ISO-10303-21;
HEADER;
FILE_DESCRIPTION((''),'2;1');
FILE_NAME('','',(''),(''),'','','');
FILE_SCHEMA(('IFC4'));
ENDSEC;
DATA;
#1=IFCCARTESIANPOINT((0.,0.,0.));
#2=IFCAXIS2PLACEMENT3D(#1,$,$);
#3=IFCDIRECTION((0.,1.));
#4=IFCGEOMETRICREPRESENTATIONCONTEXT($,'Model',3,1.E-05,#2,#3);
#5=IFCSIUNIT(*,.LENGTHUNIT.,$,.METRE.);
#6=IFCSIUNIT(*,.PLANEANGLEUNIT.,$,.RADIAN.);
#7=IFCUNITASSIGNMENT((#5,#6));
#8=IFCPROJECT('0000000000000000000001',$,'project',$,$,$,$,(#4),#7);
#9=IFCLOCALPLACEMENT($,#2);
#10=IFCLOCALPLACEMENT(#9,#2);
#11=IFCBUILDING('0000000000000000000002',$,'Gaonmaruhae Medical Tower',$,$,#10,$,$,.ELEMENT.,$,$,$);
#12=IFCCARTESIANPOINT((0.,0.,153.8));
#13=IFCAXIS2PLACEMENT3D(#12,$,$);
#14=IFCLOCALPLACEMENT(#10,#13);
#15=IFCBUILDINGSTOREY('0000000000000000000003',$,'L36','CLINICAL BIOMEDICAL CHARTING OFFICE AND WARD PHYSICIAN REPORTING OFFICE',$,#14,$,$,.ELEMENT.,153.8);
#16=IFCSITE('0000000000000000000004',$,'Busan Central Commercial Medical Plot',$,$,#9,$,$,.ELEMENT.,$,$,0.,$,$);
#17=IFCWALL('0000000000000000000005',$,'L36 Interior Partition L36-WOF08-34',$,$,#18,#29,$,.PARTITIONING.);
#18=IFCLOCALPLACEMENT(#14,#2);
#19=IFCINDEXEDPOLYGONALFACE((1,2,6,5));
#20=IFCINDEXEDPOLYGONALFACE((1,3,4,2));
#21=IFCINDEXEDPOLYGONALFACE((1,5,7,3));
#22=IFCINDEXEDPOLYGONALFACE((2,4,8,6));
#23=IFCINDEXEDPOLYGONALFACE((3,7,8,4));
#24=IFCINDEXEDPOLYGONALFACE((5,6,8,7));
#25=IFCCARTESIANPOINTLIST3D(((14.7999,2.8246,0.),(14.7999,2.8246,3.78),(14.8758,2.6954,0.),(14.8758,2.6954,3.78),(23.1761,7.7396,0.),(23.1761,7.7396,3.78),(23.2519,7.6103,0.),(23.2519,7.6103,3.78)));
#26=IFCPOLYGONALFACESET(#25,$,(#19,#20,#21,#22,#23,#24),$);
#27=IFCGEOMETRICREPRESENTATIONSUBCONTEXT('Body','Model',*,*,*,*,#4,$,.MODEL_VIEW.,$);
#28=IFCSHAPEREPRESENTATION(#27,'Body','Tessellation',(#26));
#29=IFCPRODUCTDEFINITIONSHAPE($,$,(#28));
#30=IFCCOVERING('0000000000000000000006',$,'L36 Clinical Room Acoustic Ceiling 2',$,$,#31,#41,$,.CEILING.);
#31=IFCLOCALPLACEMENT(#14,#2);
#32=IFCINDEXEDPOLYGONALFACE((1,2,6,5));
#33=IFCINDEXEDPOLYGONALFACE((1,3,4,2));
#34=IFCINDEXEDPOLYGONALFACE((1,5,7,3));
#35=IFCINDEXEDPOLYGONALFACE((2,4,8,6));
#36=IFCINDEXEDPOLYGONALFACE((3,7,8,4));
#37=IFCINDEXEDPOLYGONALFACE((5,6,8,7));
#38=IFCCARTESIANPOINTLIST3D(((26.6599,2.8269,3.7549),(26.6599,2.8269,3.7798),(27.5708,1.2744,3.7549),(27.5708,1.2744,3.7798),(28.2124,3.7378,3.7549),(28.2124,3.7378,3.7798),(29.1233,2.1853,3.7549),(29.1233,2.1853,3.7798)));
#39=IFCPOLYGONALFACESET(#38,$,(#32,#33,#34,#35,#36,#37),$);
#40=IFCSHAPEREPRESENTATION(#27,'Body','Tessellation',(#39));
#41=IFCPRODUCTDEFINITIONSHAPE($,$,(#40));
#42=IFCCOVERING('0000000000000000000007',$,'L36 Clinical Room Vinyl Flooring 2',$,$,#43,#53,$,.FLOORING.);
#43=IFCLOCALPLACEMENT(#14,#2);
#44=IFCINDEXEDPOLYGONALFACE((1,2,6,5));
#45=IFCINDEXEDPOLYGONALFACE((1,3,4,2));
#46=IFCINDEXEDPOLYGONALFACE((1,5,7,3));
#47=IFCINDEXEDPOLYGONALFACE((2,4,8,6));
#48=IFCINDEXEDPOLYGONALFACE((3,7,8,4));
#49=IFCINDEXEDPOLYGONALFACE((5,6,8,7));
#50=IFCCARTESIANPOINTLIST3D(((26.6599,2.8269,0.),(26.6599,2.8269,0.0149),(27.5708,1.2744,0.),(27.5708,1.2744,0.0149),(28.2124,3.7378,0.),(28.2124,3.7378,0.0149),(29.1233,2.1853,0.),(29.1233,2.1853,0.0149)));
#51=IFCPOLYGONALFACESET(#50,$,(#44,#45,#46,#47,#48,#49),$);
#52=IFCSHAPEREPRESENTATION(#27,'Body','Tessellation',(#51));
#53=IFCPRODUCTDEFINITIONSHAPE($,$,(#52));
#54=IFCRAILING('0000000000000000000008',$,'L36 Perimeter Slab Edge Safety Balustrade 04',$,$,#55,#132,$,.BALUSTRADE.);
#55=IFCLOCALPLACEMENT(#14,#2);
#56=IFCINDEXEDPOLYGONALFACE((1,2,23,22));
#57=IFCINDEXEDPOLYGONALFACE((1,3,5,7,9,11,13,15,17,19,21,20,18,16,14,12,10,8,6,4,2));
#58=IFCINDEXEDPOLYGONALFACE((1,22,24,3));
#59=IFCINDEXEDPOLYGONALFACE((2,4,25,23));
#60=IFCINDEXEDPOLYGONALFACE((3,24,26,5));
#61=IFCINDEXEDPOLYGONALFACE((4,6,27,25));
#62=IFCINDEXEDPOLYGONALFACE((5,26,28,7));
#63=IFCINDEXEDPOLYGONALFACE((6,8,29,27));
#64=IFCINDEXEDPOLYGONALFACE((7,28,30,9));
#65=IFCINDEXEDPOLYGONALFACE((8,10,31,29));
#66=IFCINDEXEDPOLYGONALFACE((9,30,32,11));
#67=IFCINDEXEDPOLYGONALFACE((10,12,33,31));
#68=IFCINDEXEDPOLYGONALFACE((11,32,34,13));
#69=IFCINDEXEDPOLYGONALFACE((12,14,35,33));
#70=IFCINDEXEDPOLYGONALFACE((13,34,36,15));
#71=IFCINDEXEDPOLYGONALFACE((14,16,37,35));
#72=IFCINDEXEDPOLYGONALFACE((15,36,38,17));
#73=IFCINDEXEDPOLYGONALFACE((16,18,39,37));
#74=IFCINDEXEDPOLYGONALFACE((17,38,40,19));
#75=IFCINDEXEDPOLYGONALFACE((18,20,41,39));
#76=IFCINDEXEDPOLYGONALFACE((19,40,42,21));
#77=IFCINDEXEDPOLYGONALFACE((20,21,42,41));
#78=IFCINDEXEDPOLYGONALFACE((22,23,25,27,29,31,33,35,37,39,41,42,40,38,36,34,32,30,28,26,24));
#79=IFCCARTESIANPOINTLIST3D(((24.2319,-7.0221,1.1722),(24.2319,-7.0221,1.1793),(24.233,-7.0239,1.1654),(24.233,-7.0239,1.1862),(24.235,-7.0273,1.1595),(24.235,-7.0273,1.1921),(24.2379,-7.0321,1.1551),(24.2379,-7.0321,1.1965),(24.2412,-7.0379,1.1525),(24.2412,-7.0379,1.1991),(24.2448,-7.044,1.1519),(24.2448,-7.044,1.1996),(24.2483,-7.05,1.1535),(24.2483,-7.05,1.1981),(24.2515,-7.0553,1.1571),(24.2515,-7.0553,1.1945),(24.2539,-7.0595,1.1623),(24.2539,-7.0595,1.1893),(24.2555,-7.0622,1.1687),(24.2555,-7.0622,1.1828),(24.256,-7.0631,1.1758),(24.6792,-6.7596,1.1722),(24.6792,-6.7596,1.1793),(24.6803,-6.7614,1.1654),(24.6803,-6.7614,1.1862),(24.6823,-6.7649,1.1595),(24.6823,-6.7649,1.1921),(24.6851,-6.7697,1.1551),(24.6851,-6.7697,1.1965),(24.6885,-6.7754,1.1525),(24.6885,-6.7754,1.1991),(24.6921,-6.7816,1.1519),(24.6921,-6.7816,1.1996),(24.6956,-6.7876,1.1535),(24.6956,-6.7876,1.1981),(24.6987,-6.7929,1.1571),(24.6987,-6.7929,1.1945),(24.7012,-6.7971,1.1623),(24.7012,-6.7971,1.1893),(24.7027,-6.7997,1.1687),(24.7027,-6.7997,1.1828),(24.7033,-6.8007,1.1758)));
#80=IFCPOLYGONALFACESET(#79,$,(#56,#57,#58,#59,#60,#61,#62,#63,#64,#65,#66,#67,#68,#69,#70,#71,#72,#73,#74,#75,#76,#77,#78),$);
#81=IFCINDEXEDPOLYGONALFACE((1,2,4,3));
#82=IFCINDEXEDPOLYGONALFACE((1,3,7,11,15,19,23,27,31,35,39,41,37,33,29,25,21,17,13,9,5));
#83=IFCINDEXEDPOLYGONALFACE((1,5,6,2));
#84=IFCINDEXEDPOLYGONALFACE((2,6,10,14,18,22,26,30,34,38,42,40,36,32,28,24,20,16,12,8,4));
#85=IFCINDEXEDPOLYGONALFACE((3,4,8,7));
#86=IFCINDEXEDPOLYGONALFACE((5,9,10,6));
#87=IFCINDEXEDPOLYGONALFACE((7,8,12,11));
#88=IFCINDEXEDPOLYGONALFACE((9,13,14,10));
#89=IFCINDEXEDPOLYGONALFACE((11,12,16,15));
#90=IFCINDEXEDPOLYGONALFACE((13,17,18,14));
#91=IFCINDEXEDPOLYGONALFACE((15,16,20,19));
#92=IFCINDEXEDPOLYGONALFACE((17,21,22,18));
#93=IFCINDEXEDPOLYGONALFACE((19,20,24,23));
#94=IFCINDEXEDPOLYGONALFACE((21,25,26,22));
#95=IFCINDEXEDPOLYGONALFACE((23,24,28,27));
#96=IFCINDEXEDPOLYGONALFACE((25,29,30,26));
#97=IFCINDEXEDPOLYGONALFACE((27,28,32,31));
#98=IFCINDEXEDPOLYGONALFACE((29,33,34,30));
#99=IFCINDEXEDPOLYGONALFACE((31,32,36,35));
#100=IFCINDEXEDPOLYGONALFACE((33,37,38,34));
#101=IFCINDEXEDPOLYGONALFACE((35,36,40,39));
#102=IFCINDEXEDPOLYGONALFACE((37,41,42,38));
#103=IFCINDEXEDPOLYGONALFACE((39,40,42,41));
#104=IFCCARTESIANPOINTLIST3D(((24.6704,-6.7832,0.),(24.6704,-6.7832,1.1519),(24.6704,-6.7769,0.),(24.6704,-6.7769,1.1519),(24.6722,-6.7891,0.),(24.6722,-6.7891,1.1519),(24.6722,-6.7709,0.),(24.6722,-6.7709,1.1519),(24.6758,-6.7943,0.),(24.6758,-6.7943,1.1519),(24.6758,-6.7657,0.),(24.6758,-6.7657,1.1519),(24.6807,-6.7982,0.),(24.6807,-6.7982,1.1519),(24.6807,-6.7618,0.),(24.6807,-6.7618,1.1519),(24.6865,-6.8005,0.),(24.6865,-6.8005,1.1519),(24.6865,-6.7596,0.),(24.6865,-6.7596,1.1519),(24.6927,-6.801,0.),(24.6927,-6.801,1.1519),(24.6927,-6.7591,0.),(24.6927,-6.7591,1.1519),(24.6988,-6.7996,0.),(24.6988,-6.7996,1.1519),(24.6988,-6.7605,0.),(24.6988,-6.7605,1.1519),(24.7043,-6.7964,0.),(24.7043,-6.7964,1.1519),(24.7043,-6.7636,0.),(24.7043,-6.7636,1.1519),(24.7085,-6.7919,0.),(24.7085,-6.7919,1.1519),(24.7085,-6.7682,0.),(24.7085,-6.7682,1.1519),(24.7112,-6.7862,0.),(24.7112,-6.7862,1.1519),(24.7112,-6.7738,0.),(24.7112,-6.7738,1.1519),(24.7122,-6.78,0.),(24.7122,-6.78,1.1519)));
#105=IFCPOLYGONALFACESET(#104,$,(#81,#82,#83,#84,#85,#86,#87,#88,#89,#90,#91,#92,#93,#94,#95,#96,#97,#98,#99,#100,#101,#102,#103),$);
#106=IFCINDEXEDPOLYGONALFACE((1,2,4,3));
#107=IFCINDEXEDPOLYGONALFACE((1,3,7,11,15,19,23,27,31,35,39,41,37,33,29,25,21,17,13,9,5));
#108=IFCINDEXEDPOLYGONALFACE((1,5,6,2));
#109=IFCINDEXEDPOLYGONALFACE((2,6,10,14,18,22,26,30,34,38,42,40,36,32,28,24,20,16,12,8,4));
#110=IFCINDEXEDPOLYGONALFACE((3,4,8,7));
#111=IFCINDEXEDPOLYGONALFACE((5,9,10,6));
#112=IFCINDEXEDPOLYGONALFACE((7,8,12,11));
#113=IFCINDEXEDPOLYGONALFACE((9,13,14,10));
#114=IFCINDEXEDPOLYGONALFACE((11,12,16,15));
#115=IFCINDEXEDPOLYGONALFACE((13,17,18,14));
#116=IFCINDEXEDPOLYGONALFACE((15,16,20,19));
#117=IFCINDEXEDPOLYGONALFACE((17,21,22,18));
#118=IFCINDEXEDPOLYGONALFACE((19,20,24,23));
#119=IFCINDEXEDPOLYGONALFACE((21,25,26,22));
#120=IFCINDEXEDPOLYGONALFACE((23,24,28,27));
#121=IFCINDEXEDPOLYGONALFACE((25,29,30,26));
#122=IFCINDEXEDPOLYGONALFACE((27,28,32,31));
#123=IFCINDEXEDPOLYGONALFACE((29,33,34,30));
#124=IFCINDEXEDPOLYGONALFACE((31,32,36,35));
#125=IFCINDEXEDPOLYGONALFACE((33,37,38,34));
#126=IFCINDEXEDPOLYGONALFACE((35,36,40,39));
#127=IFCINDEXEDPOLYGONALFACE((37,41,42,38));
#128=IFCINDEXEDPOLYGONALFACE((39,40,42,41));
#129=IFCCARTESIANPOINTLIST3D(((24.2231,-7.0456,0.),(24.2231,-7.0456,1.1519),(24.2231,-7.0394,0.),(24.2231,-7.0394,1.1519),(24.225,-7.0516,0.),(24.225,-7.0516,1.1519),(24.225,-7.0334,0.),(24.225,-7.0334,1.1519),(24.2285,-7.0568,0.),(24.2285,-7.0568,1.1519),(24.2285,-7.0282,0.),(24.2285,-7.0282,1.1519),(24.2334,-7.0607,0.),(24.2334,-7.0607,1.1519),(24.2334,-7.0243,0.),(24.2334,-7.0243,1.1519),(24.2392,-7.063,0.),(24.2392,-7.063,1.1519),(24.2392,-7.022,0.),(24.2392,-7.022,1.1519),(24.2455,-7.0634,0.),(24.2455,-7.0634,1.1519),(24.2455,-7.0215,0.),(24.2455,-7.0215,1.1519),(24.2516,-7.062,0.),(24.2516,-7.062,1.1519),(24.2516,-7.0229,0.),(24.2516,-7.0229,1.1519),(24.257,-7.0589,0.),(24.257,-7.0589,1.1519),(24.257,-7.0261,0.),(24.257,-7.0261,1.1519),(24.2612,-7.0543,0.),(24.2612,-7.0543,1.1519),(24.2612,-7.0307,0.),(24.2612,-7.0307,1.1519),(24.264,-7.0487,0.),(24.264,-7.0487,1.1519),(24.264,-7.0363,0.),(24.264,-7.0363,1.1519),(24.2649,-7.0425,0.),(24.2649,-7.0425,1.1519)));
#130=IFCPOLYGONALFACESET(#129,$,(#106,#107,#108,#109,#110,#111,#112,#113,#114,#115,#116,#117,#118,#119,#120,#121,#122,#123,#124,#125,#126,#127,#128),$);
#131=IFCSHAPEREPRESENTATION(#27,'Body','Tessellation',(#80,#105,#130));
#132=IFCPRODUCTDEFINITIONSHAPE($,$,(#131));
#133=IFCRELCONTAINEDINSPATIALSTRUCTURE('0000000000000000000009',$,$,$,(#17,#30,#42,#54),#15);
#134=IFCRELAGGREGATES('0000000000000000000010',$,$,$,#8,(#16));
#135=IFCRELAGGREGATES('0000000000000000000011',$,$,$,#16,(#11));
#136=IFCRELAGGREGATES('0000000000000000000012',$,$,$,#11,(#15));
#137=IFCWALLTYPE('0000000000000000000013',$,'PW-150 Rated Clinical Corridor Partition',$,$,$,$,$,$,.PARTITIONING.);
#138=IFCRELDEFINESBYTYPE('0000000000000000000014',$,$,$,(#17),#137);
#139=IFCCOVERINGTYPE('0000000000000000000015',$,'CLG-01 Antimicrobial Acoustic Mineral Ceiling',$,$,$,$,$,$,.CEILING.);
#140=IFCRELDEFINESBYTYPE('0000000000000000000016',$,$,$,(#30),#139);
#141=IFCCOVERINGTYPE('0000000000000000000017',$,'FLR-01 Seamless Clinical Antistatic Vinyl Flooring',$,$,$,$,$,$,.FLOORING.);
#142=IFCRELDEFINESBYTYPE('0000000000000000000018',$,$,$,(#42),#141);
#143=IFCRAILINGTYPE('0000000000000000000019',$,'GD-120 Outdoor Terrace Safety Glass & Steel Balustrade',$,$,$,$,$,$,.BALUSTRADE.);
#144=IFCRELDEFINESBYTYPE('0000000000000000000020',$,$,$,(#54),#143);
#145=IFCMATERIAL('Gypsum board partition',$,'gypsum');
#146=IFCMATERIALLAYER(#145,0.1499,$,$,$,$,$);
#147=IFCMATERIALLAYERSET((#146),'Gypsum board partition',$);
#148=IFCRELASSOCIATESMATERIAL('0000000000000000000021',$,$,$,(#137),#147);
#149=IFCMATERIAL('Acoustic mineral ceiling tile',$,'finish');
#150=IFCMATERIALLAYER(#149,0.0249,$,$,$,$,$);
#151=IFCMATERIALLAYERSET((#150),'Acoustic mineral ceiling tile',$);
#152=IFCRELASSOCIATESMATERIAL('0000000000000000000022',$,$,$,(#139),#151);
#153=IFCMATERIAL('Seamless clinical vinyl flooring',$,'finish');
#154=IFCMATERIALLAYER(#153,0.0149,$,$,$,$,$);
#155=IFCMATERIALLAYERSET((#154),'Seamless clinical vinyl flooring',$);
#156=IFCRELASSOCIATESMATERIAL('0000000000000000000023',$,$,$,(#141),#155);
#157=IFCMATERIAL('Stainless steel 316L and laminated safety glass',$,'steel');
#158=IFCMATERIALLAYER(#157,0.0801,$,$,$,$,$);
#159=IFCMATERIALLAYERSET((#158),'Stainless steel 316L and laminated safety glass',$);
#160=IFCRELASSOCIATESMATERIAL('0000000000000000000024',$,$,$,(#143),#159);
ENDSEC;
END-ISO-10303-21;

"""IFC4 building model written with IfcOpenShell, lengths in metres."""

from ifc_helpers import new_model, si_unit, direction, frame, frame_2d, origin, origin_2d, place, context, subcontext, project, spatial, rectangle, circle, extrude, material, layer, layer_set, type_object, element, save


model = new_model("IFC4")

# Units and contexts
model_context = context("Model", 3, precision=1e-05, world=origin(), true_north=direction((0.0, 1.0)))
body_context = subcontext(model_context, "Body", "Model", "MODEL_VIEW")
ifc_project = project(units=[si_unit("LENGTHUNIT", "METRE"), si_unit("PLANEANGLEUNIT", "RADIAN")], contexts=[model_context])

# Site, building, storey
site_placement = place(None, origin())
site = spatial("IfcSite", under=ifc_project, at=site_placement, Name="Busan Central Commercial Medical Plot", CompositionType="ELEMENT", RefElevation=0.0)
building_placement = place(site_placement, origin())
building = spatial("IfcBuilding", under=site, at=building_placement, Name="Gaonmaruhae Medical Tower", CompositionType="ELEMENT")
storey_placement = place(building_placement, frame((0.0, 0.0, 153.8)))
storey = spatial("IfcBuildingStorey", under=building, at=storey_placement, Name="L36", Description="CLINICAL BIOMEDICAL CHARTING OFFICE AND WARD PHYSICIAN REPORTING OFFICE", CompositionType="ELEMENT", Elevation=153.8)

# Wall
ifc_material_1 = material(Name="Gypsum board partition", Category="gypsum")
ifc_layer_1 = layer(ifc_material_1, 0.1499)
ifc_layer_set_1 = layer_set([ifc_layer_1], Name="Gypsum board partition")
wall_type_1 = type_object("IfcWallType", Name="PW-150 Rated Clinical Corridor Partition", PredefinedType="PARTITIONING", material=ifc_layer_set_1)
wall_1_placement = place(storey_placement, frame((23.2141, 7.675, 0.0), z_axis=(0.0, 0.0, 1.0), x_axis=(-0.86248, -0.50609, 0.0)))
element("IfcWall", 1, at=wall_1_placement, inside=storey, type_object=wall_type_1, Name="L36 Interior Partition L36-WOF08-34", PredefinedType="PARTITIONING", context=body_context, shape_type="SweptSolid", body=[
    extrude(rectangle(XDim=9.7117, YDim=0.1499, at=frame_2d((4.856, 0.0))), origin(), (0.0, 0.0, 1.0), 3.78),
])

# Coverings
ifc_material_2 = material(Name="Acoustic mineral ceiling tile", Category="finish")
ifc_layer_2 = layer(ifc_material_2, 0.0249)
ifc_layer_set_2 = layer_set([ifc_layer_2], Name="Acoustic mineral ceiling tile")
covering_type_1 = type_object("IfcCoveringType", Name="CLG-01 Antimicrobial Acoustic Mineral Ceiling", PredefinedType="CEILING", material=ifc_layer_set_2)
covering_1_placement = place(storey_placement, frame((27.8916, 2.5061, 3.7549), z_axis=(0.0, 0.0, 1.0), x_axis=(0.862514, 0.506034, 0.0)))
element("IfcCovering", 2, at=covering_1_placement, inside=storey, type_object=covering_type_1, Name="L36 Clinical Room Acoustic Ceiling 2", PredefinedType="CEILING", context=body_context, shape_type="SweptSolid", body=[
    extrude(rectangle(XDim=1.8, YDim=1.8, at=origin_2d()), origin(), (0.0, 0.0, 1.0), 0.0249),
])
ifc_material_3 = material(Name="Seamless clinical vinyl flooring", Category="finish")
ifc_layer_3 = layer(ifc_material_3, 0.0149)
ifc_layer_set_3 = layer_set([ifc_layer_3], Name="Seamless clinical vinyl flooring")
covering_type_2 = type_object("IfcCoveringType", Name="FLR-01 Seamless Clinical Antistatic Vinyl Flooring", PredefinedType="FLOORING", material=ifc_layer_set_3)
covering_2_placement = place(storey_placement, frame((27.8916, 2.5061, 0.0), z_axis=(0.0, 0.0, 1.0), x_axis=(0.862514, 0.506034, 0.0)))
element("IfcCovering", 3, at=covering_2_placement, inside=storey, type_object=covering_type_2, Name="L36 Clinical Room Vinyl Flooring 2", PredefinedType="FLOORING", context=body_context, shape_type="SweptSolid", body=[
    extrude(rectangle(XDim=1.8, YDim=1.8, at=origin_2d()), origin(), (0.0, 0.0, 1.0), 0.0149),
])

# Railing
ifc_material_4 = material(Name="Stainless steel 316L and laminated safety glass", Category="steel")
ifc_layer_4 = layer(ifc_material_4, 0.0801)
ifc_layer_set_4 = layer_set([ifc_layer_4], Name="Stainless steel 316L and laminated safety glass")
railing_type = type_object("IfcRailingType", Name="GD-120 Outdoor Terrace Safety Glass & Steel Balustrade", PredefinedType="BALUSTRADE", material=ifc_layer_set_4)
railing_1_placement = place(storey_placement, frame((24.6912, -6.78, 0.0)))
element("IfcRailing", 4, at=railing_1_placement, inside=storey, type_object=railing_type, Name="L36 Perimeter Slab Edge Safety Balustrade 04", PredefinedType="BALUSTRADE", context=body_context, shape_type="SweptSolid", body=[
    extrude(circle(Radius=0.0239, at=origin_2d()), frame((0.0, 0.0, 1.1758), z_axis=(-0.862478, -0.506094, 0.0), x_axis=(0.506094, -0.862478, 0.0)), (0.0, 0.0, 1.0), 0.5186),
    extrude(circle(Radius=0.021, at=origin_2d()), origin(), (0.0, 0.0, 1.0), 1.1519),
    extrude(circle(Radius=0.021, at=origin_2d()), frame((-0.4473, -0.2625, 0.0)), (0.0, 0.0, 1.0), 1.1519),
])

save(model, "model.ifc")
